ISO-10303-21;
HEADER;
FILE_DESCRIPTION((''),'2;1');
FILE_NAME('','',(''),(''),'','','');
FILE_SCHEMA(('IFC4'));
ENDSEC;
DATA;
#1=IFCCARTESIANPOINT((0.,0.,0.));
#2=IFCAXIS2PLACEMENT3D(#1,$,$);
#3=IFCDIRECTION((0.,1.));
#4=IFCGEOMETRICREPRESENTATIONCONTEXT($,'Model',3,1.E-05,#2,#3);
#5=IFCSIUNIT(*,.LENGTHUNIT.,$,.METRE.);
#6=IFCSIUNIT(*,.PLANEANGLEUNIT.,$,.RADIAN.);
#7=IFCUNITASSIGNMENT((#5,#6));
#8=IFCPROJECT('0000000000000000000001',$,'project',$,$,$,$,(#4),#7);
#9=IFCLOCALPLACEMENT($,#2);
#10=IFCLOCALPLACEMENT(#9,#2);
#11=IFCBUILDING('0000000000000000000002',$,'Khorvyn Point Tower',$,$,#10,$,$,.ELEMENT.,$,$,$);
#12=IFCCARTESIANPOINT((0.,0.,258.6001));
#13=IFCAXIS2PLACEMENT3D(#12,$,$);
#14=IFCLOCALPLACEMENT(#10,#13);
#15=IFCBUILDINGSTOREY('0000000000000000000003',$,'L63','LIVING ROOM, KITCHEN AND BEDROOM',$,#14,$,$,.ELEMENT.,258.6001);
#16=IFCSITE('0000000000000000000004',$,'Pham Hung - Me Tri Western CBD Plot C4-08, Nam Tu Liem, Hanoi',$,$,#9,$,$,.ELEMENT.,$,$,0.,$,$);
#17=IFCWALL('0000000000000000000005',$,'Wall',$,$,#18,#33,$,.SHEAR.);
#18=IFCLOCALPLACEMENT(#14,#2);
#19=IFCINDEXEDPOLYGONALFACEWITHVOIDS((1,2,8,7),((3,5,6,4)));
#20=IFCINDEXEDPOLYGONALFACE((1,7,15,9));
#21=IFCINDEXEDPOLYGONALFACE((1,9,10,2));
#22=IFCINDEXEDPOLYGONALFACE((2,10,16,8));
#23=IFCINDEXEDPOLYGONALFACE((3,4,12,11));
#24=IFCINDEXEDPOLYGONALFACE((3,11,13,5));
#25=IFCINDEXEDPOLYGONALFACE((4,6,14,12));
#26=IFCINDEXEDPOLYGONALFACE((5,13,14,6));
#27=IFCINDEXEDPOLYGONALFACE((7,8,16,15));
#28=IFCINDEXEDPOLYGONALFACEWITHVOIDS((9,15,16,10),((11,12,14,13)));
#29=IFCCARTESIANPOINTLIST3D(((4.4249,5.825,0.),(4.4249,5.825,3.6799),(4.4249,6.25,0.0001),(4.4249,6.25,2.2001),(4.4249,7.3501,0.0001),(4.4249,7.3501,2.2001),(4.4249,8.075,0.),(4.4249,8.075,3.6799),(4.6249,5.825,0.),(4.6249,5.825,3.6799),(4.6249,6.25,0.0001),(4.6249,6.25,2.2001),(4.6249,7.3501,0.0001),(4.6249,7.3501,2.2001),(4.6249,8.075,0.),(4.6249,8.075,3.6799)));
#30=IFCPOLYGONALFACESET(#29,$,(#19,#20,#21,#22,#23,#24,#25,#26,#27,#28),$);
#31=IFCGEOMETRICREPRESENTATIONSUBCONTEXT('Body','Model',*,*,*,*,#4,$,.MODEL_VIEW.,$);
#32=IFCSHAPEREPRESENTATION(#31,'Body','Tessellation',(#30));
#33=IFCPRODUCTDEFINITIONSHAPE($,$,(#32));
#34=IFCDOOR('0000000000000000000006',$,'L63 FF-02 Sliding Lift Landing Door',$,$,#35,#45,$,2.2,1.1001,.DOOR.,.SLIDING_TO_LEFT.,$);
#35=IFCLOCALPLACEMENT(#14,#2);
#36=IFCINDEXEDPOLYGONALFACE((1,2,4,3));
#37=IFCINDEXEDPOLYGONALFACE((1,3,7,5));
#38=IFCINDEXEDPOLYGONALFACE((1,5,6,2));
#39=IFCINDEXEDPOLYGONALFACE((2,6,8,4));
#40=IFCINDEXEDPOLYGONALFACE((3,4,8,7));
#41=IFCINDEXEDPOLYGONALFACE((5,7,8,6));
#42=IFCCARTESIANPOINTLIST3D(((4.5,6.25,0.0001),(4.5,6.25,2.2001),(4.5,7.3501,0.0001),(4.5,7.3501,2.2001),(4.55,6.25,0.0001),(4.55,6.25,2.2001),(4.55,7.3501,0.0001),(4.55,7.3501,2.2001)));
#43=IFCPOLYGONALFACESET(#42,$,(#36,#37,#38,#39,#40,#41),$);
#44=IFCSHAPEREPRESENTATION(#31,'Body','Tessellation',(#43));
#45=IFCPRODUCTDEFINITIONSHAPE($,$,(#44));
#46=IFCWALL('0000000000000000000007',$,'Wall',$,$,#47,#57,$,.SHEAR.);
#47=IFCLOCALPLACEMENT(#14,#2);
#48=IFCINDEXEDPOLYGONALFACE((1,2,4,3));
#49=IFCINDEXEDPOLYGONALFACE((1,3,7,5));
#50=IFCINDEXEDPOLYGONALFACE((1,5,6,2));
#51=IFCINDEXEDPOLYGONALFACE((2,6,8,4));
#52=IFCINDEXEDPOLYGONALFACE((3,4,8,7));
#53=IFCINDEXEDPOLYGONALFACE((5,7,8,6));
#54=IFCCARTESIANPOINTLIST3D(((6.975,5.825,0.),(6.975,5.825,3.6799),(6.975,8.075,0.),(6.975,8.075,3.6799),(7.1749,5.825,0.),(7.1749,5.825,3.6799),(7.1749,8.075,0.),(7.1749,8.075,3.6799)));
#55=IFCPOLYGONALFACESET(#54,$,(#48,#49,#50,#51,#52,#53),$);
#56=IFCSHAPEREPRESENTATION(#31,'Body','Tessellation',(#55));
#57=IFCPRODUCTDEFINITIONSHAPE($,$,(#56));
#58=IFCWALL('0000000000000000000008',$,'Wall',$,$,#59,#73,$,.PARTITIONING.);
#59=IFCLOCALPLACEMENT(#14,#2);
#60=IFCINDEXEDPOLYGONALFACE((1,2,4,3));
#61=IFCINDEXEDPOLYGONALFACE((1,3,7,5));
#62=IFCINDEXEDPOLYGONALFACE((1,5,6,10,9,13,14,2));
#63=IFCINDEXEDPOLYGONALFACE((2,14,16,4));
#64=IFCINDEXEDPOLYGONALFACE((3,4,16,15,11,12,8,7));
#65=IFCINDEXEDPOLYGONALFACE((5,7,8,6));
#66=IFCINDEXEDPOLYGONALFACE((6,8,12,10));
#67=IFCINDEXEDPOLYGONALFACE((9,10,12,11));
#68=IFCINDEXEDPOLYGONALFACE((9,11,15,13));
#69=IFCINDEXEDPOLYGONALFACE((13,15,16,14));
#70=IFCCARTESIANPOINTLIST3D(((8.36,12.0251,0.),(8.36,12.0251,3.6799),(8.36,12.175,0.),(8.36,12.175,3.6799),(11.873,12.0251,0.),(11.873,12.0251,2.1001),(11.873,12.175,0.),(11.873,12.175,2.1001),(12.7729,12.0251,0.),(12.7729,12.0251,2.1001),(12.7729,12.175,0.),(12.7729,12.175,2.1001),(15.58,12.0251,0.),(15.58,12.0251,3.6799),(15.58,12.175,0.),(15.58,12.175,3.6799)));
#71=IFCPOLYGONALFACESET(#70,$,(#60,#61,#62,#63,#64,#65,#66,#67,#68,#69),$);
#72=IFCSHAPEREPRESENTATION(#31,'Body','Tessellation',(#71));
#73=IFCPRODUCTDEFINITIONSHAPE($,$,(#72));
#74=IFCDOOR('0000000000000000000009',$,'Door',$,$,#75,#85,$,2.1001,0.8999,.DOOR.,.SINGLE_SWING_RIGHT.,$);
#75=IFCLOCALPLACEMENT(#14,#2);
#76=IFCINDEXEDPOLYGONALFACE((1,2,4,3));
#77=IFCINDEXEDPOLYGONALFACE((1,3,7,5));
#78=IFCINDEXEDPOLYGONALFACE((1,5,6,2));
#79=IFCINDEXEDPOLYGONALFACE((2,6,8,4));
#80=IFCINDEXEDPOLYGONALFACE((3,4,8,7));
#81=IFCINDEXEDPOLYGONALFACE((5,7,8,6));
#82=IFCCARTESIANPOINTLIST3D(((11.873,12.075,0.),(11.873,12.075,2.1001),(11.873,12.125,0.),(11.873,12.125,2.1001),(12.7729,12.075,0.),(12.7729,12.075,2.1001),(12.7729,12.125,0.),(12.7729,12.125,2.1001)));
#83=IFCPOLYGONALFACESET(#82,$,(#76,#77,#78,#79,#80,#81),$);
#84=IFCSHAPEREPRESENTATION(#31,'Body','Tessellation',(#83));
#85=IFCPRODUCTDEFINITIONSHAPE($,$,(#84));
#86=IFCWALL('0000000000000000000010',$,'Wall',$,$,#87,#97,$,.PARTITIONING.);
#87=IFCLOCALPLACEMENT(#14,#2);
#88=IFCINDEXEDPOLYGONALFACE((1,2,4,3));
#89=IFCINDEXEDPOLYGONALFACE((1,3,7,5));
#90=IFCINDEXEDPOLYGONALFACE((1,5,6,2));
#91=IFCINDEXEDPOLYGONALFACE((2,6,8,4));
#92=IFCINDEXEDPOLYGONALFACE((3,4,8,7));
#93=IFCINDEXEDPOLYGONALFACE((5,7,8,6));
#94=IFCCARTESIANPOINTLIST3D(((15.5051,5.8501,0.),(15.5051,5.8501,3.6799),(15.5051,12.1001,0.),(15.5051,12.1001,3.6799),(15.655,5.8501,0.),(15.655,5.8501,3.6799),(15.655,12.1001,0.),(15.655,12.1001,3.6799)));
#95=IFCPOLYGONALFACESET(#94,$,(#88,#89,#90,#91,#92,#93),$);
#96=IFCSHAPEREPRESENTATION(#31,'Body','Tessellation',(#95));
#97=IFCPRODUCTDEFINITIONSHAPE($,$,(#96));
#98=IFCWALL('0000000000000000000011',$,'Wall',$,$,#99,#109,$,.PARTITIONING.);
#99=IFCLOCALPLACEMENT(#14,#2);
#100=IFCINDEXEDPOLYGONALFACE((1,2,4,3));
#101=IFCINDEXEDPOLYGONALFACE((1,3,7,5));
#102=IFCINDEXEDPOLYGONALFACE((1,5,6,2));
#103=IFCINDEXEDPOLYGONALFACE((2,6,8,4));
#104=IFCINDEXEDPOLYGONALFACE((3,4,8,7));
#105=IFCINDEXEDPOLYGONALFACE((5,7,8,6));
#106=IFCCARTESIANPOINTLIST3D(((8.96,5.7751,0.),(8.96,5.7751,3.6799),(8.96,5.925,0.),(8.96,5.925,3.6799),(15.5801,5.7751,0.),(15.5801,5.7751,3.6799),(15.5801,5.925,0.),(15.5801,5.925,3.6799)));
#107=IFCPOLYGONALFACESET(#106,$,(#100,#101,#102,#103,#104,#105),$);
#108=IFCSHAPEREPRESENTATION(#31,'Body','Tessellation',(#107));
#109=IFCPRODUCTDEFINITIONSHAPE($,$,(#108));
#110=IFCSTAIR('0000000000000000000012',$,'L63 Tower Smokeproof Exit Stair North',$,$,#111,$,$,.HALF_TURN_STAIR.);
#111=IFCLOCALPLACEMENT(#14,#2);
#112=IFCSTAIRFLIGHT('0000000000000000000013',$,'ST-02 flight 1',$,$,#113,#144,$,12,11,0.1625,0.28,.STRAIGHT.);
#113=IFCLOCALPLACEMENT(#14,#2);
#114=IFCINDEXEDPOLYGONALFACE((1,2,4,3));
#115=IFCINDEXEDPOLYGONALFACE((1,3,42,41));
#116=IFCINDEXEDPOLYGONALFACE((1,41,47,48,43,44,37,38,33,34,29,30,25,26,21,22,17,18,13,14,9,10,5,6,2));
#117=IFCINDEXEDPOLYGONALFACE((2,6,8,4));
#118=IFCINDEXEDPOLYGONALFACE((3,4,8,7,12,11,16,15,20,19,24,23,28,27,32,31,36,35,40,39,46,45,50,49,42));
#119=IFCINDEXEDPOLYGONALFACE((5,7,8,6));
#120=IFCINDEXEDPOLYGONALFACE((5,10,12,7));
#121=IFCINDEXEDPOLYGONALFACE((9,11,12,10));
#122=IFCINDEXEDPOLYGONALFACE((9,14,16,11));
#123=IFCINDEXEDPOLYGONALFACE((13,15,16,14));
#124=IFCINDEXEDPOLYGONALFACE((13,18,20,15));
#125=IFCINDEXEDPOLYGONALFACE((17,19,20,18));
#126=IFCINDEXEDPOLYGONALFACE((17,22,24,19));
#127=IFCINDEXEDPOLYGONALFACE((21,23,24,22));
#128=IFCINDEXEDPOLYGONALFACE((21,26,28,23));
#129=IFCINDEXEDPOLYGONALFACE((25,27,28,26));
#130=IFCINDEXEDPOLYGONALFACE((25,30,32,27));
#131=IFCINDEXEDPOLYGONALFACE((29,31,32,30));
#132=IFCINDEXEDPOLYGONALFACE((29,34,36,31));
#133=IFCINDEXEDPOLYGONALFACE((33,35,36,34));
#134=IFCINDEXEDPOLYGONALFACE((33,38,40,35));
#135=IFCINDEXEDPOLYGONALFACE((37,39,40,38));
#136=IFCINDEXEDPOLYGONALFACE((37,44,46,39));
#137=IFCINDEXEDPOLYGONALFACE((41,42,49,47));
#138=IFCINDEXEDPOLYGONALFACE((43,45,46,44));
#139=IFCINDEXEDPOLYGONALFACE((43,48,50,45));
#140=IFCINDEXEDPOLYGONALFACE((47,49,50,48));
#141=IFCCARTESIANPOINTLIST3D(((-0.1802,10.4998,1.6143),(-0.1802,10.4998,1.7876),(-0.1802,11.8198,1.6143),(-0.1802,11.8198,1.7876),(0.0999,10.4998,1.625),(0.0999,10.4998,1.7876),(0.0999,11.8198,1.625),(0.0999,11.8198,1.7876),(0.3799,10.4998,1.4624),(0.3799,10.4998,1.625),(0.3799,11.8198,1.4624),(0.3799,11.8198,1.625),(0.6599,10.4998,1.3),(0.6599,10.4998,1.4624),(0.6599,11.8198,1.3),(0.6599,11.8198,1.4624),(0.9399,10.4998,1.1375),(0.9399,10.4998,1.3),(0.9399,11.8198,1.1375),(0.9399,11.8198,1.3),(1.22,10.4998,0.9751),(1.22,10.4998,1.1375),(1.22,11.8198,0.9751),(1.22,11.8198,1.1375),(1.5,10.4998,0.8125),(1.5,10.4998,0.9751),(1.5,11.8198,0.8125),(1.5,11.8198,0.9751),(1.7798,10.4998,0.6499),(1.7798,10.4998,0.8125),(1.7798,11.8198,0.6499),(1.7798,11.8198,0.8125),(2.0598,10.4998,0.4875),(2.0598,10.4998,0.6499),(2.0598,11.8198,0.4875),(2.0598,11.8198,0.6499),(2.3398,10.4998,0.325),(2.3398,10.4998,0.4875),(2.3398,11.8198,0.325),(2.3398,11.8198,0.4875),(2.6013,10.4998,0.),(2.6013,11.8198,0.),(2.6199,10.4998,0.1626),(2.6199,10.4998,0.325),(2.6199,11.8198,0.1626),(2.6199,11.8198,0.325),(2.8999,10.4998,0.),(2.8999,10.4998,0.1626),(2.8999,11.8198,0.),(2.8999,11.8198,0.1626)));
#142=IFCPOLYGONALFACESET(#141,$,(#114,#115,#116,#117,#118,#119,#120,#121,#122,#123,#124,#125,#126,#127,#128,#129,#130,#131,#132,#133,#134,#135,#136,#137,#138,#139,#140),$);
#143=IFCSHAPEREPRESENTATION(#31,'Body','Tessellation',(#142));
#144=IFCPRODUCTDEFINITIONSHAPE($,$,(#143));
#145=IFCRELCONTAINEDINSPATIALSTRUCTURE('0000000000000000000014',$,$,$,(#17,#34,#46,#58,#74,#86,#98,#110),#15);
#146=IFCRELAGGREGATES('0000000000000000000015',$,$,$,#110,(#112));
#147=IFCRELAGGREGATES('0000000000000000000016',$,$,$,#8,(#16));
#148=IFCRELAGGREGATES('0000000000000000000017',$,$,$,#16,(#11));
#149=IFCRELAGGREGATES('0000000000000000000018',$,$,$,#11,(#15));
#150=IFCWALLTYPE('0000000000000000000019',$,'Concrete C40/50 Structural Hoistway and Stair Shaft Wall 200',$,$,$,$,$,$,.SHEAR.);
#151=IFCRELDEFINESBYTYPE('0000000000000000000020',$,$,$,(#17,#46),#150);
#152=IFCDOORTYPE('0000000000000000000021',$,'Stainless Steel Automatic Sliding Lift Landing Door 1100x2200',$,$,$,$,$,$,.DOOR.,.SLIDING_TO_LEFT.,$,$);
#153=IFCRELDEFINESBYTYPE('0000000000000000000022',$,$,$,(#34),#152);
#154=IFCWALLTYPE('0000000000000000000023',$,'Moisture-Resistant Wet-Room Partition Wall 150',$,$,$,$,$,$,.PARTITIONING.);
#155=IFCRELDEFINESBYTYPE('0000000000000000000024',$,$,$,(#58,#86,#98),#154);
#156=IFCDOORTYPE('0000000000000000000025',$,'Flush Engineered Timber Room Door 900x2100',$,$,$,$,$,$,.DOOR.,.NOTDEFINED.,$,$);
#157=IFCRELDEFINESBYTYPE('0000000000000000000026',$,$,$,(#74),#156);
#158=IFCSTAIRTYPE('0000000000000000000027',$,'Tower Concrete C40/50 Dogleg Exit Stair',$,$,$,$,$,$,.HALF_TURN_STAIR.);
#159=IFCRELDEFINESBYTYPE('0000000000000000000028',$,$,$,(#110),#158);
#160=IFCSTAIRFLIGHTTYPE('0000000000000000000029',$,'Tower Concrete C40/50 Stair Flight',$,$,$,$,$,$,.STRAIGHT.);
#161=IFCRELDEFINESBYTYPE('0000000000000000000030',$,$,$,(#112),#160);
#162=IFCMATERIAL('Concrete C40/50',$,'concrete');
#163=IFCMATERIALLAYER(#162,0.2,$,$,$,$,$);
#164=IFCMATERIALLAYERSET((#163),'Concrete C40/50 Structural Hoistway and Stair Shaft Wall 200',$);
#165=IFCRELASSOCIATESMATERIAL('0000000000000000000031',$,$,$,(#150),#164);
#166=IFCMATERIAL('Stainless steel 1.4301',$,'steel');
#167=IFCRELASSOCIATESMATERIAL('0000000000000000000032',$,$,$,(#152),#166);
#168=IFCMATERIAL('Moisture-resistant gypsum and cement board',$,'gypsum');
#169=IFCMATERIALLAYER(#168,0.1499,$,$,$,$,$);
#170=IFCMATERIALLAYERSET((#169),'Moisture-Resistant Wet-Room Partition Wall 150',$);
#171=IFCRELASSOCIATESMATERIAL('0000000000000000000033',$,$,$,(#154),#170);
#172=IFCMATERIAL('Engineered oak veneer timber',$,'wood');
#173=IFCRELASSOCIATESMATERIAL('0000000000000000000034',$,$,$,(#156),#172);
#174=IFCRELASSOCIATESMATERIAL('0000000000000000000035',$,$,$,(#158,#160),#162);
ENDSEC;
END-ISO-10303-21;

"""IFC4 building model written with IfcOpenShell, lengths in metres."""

from ifc_helpers import new_model, si_unit, direction, frame, frame_2d, origin, place, context, subcontext, project, spatial, polyline, rectangle, outline, extrude, material, layer, layer_set, type_object, element, fill, aggregate, save


model = new_model("IFC4")

# Units and contexts
model_context = context("Model", 3, precision=1e-05, world=origin(), true_north=direction((0.0, 1.0)))
body_context = subcontext(model_context, "Body", "Model", "MODEL_VIEW")
ifc_project = project(units=[si_unit("LENGTHUNIT", "METRE"), si_unit("PLANEANGLEUNIT", "RADIAN")], contexts=[model_context])

# Site, building, storey
site_placement = place(None, origin())
site = spatial("IfcSite", under=ifc_project, at=site_placement, Name="Pham Hung - Me Tri Western CBD Plot C4-08, Nam Tu Liem, Hanoi", CompositionType="ELEMENT", RefElevation=0.0)
building_placement = place(site_placement, origin())
building = spatial("IfcBuilding", under=site, at=building_placement, Name="Khorvyn Point Tower", CompositionType="ELEMENT")
storey_placement = place(building_placement, frame((0.0, 0.0, 258.6001)))
storey = spatial("IfcBuildingStorey", under=building, at=storey_placement, Name="L63", Description="LIVING ROOM, KITCHEN AND BEDROOM", CompositionType="ELEMENT", Elevation=258.6001)

# Shared definitions
ifc_material_1 = material(Name="Concrete C40/50", Category="concrete")

# Wall, opening, door
ifc_layer_1 = layer(ifc_material_1, 0.2)
ifc_layer_set_1 = layer_set([ifc_layer_1], Name="Concrete C40/50 Structural Hoistway and Stair Shaft Wall 200")
wall_type_1 = type_object("IfcWallType", Name="Concrete C40/50 Structural Hoistway and Stair Shaft Wall 200", PredefinedType="SHEAR", material=ifc_layer_set_1)
wall_1_placement = place(storey_placement, frame((4.5249, 5.825, 0.0), z_axis=(0.0, 0.0, 1.0), x_axis=(0.0, 1.0, 0.0)))
wall_1 = element("IfcWall", 1, at=wall_1_placement, inside=storey, type_object=wall_type_1, Name="Wall", PredefinedType="SHEAR", context=body_context, shape_type="SweptSolid", body=[
    extrude(rectangle(XDim=2.25, YDim=0.2, at=frame_2d((1.125, 0.0))), origin(), (0.0, 0.0, 1.0), 3.6799),
])
opening_1_placement = place(wall_1_placement, frame((0.425, 0.0, 0.0)))
opening_1 = element("IfcOpeningElement", 2, at=opening_1_placement, cuts=wall_1, PredefinedType="OPENING", context=body_context, shape_type="SweptSolid", body=[
    extrude(rectangle(XDim=1.1001, YDim=2.2, at=frame_2d((0.55, 1.1001))), frame((0.0, 0.1099, 0.0), z_axis=(0.0, -1.0, 0.0), x_axis=(1.0, 0.0, 0.0)), (0.0, 0.0, 1.0), 0.22),
])
ifc_material_2 = material(Name="Stainless steel 1.4301", Category="steel")
door_type_1 = type_object("IfcDoorType", Name="Stainless Steel Automatic Sliding Lift Landing Door 1100x2200", OperationType="SLIDING_TO_LEFT", PredefinedType="DOOR", material=ifc_material_2)
door_1_placement = place(opening_1_placement, origin())
door_1 = element("IfcDoor", 3, at=door_1_placement, inside=storey, type_object=door_type_1, Name="L63 FF-02 Sliding Lift Landing Door", OperationType="SLIDING_TO_LEFT", OverallHeight=2.2, OverallWidth=1.1001, PredefinedType="DOOR", context=body_context, shape_type="SweptSolid", body=[
    extrude(rectangle(XDim=1.1001, YDim=2.2, at=frame_2d((0.55, 1.1001))), frame((0.0, 0.0249, 0.0), z_axis=(0.0, -1.0, 0.0), x_axis=(1.0, 0.0, 0.0)), (0.0, 0.0, 1.0), 0.05),
])
fill(opening_1, door_1)

# Wall
wall_2_placement = place(storey_placement, frame((7.075, 5.825, 0.0), z_axis=(0.0, 0.0, 1.0), x_axis=(0.0, 1.0, 0.0)))
element("IfcWall", 4, at=wall_2_placement, inside=storey, type_object=wall_type_1, Name="Wall", PredefinedType="SHEAR", context=body_context, shape_type="SweptSolid", body=[
    extrude(rectangle(XDim=2.25, YDim=0.2, at=frame_2d((1.125, 0.0))), origin(), (0.0, 0.0, 1.0), 3.6799),
])

# Wall, opening, door
ifc_material_3 = material(Name="Moisture-resistant gypsum and cement board", Category="gypsum")
ifc_layer_2 = layer(ifc_material_3, 0.1499)
ifc_layer_set_2 = layer_set([ifc_layer_2], Name="Moisture-Resistant Wet-Room Partition Wall 150")
wall_type_2 = type_object("IfcWallType", Name="Moisture-Resistant Wet-Room Partition Wall 150", PredefinedType="PARTITIONING", material=ifc_layer_set_2)
wall_3_placement = place(storey_placement, frame((8.3601, 12.1001, 0.0), z_axis=(0.0, 0.0, 1.0), x_axis=(1.0, 0.0, 0.0)))
wall_3 = element("IfcWall", 5, at=wall_3_placement, inside=storey, type_object=wall_type_2, Name="Wall", PredefinedType="PARTITIONING", context=body_context, shape_type="SweptSolid", body=[
    extrude(rectangle(XDim=7.22, YDim=0.1499, at=frame_2d((3.6099, 0.0))), origin(), (0.0, 0.0, 1.0), 3.6799),
])
opening_2_placement = place(wall_3_placement, frame((3.5129, 0.0, 0.0)))
opening_2 = element("IfcOpeningElement", 6, at=opening_2_placement, cuts=wall_3, PredefinedType="OPENING", context=body_context, shape_type="SweptSolid", body=[
    extrude(rectangle(XDim=0.8999, YDim=2.1001, at=frame_2d((0.45, 1.05))), frame((0.0, 0.085, 0.0), z_axis=(0.0, -1.0, 0.0), x_axis=(1.0, 0.0, 0.0)), (0.0, 0.0, 1.0), 0.1699),
])
ifc_material_4 = material(Name="Engineered oak veneer timber", Category="wood")
door_type_2 = type_object("IfcDoorType", Name="Flush Engineered Timber Room Door 900x2100", OperationType="NOTDEFINED", PredefinedType="DOOR", material=ifc_material_4)
door_2_placement = place(opening_2_placement, origin())
door_2 = element("IfcDoor", 7, at=door_2_placement, inside=storey, type_object=door_type_2, Name="Door", OperationType="SINGLE_SWING_RIGHT", OverallHeight=2.1001, OverallWidth=0.8999, PredefinedType="DOOR", context=body_context, shape_type="SweptSolid", body=[
    extrude(rectangle(XDim=0.8999, YDim=2.1001, at=frame_2d((0.45, 1.05))), frame((0.0, 0.0249, 0.0), z_axis=(0.0, -1.0, 0.0), x_axis=(1.0, 0.0, 0.0)), (0.0, 0.0, 1.0), 0.05),
])
fill(opening_2, door_2)

# Walls
wall_4_placement = place(storey_placement, frame((15.5801, 5.8501, 0.0), z_axis=(0.0, 0.0, 1.0), x_axis=(0.0, 1.0, 0.0)))
element("IfcWall", 8, at=wall_4_placement, inside=storey, type_object=wall_type_2, Name="Wall", PredefinedType="PARTITIONING", context=body_context, shape_type="SweptSolid", body=[
    extrude(rectangle(XDim=6.25, YDim=0.1499, at=frame_2d((3.125, 0.0))), origin(), (0.0, 0.0, 1.0), 3.6799),
])
wall_5_placement = place(storey_placement, frame((8.96, 5.8501, 0.0), z_axis=(0.0, 0.0, 1.0), x_axis=(1.0, 0.0, 0.0)))
element("IfcWall", 9, at=wall_5_placement, inside=storey, type_object=wall_type_2, Name="Wall", PredefinedType="PARTITIONING", context=body_context, shape_type="SweptSolid", body=[
    extrude(rectangle(XDim=6.6201, YDim=0.1499, at=frame_2d((3.3101, 0.0))), origin(), (0.0, 0.0, 1.0), 3.6799),
])

# Stair, stair flight
stair_type = type_object("IfcStairType", Name="Tower Concrete C40/50 Dogleg Exit Stair", PredefinedType="HALF_TURN_STAIR", material=ifc_material_1)
stair_placement = place(storey_placement, origin())
stair = element("IfcStair", 10, at=stair_placement, inside=storey, type_object=stair_type, Name="L63 Tower Smokeproof Exit Stair North", PredefinedType="HALF_TURN_STAIR")
stair_flight_type = type_object("IfcStairFlightType", Name="Tower Concrete C40/50 Stair Flight", PredefinedType="STRAIGHT", material=ifc_material_1)
stair_flight_placement = place(storey_placement, frame((2.8999, 11.1599, 0.0), z_axis=(0.0, 0.0, 1.0), x_axis=(-1.0, 0.0, 0.0)))
stair_flight = element("IfcStairFlight", 11, at=stair_flight_placement, type_object=stair_flight_type, Name="ST-02 flight 1", NumberOfRisers=12, NumberOfTreads=11, PredefinedType="STRAIGHT", RiserHeight=0.1625, TreadLength=0.28, context=body_context, shape_type="SweptSolid", body=[
    extrude(outline(polyline([(0.0, 0.0), (0.0, 0.1626), (0.28, 0.1626), (0.28, 0.325), (0.5601, 0.325), (0.5601, 0.4875), (0.8401, 0.4875), (0.8401, 0.6499), (1.1201, 0.6499), (1.1201, 0.8125), (1.3999, 0.8125), (1.3999, 0.9751), (1.6799, 0.9751), (1.6799, 1.1375), (1.96, 1.1375), (1.96, 1.3), (2.24, 1.3), (2.24, 1.4624), (2.52, 1.4624), (2.52, 1.625), (2.8, 1.625), (2.8, 1.7876), (3.0801, 1.7876), (3.0801, 1.95), (3.0801, 1.6143), (0.2986, 0.0), (0.0, 0.0)])), frame((0.0, 0.6602, 0.0), z_axis=(0.0, -1.0, 0.0), x_axis=(1.0, 0.0, 0.0)), (0.0, 0.0, 1.0), 1.3201),
])
aggregate(stair, [stair_flight])

save(model, "model.ifc")
